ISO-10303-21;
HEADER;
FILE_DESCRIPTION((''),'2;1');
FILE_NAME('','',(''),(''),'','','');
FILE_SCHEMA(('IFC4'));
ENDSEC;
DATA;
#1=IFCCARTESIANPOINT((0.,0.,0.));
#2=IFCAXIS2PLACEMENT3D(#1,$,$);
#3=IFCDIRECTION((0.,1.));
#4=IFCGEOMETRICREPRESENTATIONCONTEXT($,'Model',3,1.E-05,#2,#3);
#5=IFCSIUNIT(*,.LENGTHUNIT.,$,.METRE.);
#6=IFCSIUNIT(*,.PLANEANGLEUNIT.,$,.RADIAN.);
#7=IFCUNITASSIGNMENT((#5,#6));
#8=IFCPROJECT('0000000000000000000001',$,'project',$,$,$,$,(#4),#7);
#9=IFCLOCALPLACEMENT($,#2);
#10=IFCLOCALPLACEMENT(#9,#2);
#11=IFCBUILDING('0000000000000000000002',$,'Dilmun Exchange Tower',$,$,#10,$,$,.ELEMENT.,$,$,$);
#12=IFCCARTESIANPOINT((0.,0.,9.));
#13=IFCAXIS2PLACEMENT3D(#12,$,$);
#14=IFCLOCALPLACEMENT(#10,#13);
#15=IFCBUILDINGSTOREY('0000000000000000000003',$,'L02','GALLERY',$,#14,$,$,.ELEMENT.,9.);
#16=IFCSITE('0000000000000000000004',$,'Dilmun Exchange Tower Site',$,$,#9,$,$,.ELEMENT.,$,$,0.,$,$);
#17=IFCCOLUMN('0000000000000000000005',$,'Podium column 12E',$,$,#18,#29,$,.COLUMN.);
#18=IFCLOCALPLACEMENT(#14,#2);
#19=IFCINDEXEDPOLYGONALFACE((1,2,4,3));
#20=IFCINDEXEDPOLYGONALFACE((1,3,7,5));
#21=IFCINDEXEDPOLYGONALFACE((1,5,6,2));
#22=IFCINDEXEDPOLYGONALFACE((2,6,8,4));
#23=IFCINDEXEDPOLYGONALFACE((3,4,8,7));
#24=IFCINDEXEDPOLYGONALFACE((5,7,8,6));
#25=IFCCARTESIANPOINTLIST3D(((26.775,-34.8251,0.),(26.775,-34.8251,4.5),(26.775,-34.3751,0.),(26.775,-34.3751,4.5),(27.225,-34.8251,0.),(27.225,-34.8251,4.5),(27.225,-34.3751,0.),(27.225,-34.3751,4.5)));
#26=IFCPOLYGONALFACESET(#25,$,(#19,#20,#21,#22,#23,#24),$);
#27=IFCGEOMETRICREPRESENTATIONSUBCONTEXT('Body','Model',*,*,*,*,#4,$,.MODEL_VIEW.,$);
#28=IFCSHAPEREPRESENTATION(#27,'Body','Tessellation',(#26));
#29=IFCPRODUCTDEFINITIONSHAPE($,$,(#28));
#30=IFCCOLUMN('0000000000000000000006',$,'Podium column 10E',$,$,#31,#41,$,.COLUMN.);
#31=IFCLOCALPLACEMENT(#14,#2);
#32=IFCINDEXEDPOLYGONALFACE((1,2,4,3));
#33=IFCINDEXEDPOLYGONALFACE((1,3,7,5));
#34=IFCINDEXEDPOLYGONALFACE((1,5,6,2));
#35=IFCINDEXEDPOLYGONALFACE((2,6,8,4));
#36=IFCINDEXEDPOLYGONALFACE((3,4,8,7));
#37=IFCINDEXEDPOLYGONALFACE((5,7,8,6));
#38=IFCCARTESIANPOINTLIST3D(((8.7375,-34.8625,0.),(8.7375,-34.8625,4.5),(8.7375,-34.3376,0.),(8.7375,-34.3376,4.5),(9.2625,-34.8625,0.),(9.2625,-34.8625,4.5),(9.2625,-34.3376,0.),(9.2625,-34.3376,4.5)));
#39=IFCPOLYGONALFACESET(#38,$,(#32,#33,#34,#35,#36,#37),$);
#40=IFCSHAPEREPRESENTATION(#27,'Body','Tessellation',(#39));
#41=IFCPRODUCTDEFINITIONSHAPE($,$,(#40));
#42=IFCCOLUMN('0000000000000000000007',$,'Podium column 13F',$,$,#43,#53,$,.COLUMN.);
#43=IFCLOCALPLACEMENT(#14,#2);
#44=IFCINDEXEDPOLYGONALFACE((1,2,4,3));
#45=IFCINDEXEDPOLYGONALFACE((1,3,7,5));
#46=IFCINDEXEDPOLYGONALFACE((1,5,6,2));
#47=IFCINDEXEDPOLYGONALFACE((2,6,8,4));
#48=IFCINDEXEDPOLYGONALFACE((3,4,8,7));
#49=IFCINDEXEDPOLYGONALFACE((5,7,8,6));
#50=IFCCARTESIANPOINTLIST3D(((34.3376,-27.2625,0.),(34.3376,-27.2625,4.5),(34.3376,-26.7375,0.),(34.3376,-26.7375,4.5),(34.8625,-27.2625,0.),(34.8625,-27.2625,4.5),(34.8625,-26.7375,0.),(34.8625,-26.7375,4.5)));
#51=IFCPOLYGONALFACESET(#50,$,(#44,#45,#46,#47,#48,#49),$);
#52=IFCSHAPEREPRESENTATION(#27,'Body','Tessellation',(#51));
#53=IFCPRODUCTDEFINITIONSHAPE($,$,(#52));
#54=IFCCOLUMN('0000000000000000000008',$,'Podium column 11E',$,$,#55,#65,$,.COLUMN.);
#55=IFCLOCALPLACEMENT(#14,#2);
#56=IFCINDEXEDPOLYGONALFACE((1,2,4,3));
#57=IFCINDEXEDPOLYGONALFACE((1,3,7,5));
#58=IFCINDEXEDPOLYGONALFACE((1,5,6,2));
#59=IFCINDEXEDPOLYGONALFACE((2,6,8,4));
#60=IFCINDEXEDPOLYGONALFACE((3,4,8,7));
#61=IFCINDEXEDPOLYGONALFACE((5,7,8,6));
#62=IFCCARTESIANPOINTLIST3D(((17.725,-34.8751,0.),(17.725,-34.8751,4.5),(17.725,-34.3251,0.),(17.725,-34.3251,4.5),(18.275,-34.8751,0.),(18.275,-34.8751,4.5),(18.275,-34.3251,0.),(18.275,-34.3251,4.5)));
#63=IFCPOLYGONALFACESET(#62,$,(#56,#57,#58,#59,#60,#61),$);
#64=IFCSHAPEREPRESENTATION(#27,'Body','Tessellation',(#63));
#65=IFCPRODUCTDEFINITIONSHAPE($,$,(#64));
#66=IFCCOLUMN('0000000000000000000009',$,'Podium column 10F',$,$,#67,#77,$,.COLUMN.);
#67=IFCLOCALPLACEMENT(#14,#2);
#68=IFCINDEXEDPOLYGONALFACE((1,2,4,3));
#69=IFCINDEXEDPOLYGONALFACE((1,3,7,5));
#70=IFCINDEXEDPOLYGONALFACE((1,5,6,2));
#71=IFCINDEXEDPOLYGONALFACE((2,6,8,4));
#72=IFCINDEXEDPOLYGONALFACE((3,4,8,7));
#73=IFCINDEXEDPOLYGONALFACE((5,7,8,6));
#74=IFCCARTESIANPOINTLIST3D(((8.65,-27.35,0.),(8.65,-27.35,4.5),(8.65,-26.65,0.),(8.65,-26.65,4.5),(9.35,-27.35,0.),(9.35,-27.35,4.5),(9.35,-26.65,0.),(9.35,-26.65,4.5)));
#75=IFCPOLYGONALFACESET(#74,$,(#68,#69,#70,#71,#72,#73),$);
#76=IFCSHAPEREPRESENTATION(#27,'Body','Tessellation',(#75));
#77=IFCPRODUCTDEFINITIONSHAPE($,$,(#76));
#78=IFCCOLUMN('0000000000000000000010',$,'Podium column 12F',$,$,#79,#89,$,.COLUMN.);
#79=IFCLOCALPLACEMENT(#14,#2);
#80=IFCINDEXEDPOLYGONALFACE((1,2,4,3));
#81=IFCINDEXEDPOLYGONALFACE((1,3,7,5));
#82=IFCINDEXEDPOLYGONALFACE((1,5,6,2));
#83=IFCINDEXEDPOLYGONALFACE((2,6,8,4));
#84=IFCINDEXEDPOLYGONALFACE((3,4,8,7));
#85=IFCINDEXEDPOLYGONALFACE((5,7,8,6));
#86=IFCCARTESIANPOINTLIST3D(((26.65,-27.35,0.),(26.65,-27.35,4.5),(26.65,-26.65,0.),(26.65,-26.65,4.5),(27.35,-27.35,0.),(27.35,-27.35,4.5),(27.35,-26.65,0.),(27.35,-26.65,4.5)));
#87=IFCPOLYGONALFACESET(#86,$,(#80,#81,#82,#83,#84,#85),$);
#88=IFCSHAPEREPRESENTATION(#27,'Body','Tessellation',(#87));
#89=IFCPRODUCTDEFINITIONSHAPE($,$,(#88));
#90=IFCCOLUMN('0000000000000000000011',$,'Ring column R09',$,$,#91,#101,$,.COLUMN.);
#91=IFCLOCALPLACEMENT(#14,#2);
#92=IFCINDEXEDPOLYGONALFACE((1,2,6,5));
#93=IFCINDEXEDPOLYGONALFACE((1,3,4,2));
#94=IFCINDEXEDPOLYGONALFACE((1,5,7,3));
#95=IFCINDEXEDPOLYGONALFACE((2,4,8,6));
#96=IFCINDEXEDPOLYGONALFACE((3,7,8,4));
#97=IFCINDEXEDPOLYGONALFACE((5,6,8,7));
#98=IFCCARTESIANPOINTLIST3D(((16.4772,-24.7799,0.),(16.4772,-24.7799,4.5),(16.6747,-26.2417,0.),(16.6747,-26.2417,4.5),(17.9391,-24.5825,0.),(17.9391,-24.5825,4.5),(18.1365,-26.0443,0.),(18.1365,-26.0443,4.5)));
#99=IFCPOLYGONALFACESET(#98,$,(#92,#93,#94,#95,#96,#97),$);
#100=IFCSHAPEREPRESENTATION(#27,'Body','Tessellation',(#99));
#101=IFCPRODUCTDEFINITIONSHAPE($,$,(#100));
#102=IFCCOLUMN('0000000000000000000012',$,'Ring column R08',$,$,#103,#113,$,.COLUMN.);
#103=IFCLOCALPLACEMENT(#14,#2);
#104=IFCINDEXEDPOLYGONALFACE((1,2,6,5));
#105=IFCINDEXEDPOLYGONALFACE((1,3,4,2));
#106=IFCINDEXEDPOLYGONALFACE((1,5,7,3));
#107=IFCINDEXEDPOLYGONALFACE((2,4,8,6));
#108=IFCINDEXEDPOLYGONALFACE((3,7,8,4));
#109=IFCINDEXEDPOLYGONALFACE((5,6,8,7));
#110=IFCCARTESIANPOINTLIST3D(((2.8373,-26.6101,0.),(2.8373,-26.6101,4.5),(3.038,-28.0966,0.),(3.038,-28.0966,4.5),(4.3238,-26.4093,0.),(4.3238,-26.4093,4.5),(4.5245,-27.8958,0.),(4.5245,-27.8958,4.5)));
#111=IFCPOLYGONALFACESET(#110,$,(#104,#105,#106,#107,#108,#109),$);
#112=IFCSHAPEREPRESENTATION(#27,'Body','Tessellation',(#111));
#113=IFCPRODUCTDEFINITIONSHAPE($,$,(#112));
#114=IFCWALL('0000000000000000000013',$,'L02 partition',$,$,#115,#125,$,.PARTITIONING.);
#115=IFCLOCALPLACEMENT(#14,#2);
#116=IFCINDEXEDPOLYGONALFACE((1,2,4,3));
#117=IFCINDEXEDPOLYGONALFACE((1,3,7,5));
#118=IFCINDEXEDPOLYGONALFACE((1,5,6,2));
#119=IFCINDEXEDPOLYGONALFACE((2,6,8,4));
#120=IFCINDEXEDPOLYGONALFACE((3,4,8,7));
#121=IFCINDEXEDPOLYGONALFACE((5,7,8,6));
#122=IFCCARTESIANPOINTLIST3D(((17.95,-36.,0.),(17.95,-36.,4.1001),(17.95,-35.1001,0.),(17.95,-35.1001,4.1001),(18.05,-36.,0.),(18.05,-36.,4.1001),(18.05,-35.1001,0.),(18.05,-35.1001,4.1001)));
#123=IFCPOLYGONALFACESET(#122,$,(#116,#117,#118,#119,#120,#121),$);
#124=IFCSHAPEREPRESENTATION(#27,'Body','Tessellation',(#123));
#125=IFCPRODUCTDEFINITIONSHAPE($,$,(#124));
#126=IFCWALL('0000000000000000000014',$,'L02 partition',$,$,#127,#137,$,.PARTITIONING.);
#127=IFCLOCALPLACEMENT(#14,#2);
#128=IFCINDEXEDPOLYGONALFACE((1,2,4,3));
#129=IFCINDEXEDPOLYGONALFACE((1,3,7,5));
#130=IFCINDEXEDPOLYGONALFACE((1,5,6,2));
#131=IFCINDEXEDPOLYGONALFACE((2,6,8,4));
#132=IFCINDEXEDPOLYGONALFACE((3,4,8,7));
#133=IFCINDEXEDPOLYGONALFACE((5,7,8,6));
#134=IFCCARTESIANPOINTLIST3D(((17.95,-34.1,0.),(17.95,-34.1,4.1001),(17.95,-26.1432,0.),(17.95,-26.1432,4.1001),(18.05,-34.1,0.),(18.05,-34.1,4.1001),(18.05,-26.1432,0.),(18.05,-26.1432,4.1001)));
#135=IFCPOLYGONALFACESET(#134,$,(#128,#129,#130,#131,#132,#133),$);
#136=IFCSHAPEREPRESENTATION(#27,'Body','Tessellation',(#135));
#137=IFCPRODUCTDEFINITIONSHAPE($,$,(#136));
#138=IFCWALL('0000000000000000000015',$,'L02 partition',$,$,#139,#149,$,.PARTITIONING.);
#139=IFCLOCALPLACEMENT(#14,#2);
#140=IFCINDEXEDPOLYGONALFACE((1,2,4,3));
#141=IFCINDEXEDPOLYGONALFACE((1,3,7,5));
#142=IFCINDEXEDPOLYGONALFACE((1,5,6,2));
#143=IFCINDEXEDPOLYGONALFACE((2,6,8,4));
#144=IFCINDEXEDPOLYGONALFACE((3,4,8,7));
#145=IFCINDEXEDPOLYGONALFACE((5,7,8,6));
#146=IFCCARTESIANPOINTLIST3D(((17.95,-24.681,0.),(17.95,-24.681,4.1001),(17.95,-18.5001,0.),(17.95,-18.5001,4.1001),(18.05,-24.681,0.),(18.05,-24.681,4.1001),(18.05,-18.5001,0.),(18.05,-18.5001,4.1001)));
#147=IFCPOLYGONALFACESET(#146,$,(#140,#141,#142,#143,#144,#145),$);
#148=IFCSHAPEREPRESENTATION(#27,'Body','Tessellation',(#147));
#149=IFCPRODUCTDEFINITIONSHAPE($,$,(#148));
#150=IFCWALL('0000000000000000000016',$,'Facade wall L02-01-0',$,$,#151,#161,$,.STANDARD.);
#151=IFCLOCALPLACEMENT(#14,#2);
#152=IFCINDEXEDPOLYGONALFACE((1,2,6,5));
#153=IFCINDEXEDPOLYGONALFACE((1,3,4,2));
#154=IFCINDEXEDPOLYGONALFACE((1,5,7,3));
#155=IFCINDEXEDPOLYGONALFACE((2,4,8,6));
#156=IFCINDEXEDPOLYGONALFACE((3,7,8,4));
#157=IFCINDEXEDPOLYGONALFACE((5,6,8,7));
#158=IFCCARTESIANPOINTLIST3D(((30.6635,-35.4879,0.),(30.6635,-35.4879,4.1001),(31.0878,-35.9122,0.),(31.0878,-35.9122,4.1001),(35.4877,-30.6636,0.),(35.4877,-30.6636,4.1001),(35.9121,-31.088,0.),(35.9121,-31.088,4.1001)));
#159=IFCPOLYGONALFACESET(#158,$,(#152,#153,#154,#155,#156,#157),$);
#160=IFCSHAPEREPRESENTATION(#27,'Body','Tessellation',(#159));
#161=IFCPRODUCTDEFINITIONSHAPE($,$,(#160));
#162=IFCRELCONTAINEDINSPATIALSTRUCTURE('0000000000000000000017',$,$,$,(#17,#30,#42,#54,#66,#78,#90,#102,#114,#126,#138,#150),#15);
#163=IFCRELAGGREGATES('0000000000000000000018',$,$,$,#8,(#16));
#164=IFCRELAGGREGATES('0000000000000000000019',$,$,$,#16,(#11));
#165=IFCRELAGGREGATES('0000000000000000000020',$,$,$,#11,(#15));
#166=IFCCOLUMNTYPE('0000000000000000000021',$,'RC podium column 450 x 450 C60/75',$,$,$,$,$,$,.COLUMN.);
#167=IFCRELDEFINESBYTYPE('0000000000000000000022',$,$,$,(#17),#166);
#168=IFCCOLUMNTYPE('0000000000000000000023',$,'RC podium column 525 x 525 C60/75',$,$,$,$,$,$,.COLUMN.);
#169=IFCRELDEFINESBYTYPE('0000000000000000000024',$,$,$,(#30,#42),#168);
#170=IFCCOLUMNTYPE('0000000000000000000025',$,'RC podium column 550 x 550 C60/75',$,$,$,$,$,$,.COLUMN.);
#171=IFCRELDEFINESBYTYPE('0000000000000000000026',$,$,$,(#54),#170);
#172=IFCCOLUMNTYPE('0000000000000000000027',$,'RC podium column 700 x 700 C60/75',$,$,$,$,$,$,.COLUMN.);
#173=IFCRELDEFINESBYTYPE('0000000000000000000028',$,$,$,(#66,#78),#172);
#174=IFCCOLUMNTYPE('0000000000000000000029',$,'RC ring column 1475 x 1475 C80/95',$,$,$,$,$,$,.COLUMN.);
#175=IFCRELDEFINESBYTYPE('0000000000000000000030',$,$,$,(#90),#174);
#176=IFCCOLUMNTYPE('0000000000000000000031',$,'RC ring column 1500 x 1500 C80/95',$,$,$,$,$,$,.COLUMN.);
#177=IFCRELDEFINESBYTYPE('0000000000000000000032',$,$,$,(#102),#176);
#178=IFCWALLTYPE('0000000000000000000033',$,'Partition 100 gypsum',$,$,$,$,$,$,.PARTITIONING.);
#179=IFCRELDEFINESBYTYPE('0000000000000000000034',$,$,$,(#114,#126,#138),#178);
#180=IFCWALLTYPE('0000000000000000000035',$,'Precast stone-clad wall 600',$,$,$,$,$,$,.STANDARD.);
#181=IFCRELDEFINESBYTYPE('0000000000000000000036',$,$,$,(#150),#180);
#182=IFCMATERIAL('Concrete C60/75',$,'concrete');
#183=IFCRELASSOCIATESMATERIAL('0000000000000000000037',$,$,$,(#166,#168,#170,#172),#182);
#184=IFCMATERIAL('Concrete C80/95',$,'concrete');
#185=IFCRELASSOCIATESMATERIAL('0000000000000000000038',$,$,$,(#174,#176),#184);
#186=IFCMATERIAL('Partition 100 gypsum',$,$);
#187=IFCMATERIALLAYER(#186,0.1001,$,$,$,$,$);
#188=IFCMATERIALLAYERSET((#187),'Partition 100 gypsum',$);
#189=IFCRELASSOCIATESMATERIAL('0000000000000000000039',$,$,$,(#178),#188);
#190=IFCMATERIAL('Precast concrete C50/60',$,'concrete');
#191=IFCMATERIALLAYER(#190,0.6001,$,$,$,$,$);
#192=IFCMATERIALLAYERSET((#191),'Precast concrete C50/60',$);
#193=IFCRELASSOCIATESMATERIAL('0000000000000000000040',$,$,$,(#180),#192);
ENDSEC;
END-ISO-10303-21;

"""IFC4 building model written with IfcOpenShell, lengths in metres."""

from ifc_helpers import new_model, si_unit, direction, frame, frame_2d, origin, origin_2d, place, context, subcontext, project, spatial, rectangle, extrude, material, layer, layer_set, material_profile, profile_set, type_object, element, save


model = new_model("IFC4")

# Units and contexts
model_context = context("Model", 3, precision=1e-05, world=origin(), true_north=direction((0.0, 1.0)))
body_context = subcontext(model_context, "Body", "Model", "MODEL_VIEW")
ifc_project = project(units=[si_unit("LENGTHUNIT", "METRE"), si_unit("PLANEANGLEUNIT", "RADIAN")], contexts=[model_context])

# Site, building, storey
site_placement = place(None, origin())
site = spatial("IfcSite", under=ifc_project, at=site_placement, Name="Dilmun Exchange Tower Site", CompositionType="ELEMENT", RefElevation=0.0)
building_placement = place(site_placement, origin())
building = spatial("IfcBuilding", under=site, at=building_placement, Name="Dilmun Exchange Tower", CompositionType="ELEMENT")
storey_placement = place(building_placement, frame((0.0, 0.0, 9.0)))
storey = spatial("IfcBuildingStorey", under=building, at=storey_placement, Name="L02", Description="GALLERY", CompositionType="ELEMENT", Elevation=9.0)

# Columns
ifc_material_1 = material(Name="Concrete C60/75", Category="concrete")
ifc_material_profile_1 = material_profile(ifc_material_1, rectangle(XDim=0.45, YDim=0.45, at=origin_2d()), Name="450 x 450")
ifc_profile_set_1 = profile_set([ifc_material_profile_1], Name="Concrete C60/75")
column_type_1 = type_object("IfcColumnType", Name="RC podium column 450 x 450 C60/75", PredefinedType="COLUMN", material=ifc_profile_set_1)
column_1_placement = place(storey_placement, frame((27.0, -34.6001, 0.0), z_axis=(0.0, 0.0, 1.0), x_axis=(1.0, 0.0, 0.0)))
element("IfcColumn", 1, at=column_1_placement, inside=storey, type_object=column_type_1, Name="Podium column 12E", PredefinedType="COLUMN", context=body_context, shape_type="SweptSolid", body=[
    extrude(rectangle(XDim=0.45, YDim=0.45, at=origin_2d()), origin(), (0.0, 0.0, 1.0), 4.5),
])
ifc_material_profile_2 = material_profile(ifc_material_1, rectangle(XDim=0.5249, YDim=0.5249, at=origin_2d()), Name="525 x 525")
ifc_profile_set_2 = profile_set([ifc_material_profile_2], Name="Concrete C60/75")
column_type_2 = type_object("IfcColumnType", Name="RC podium column 525 x 525 C60/75", PredefinedType="COLUMN", material=ifc_profile_set_2)
for number, where, z_axis, x_axis, name in (
    (2, (9.0, -34.6001, 0.0), (0.0, 0.0, 1.0), (1.0, 0.0, 0.0), "Podium column 10E"),
    (3, (34.6001, -27.0, 0.0), (0.0, 0.0, 1.0), (1.0, 0.0, 0.0), "Podium column 13F"),
):
    element("IfcColumn", number, at=place(storey_placement, frame(where, z_axis=z_axis, x_axis=x_axis)), inside=storey, type_object=column_type_2, Name=name, PredefinedType="COLUMN", context=body_context, shape_type="SweptSolid", body=[
        extrude(rectangle(XDim=0.5249, YDim=0.5249, at=origin_2d()), origin(), (0.0, 0.0, 1.0), 4.5),
    ])
ifc_material_profile_3 = material_profile(ifc_material_1, rectangle(XDim=0.55, YDim=0.55, at=origin_2d()), Name="550 x 550")
ifc_profile_set_3 = profile_set([ifc_material_profile_3], Name="Concrete C60/75")
column_type_3 = type_object("IfcColumnType", Name="RC podium column 550 x 550 C60/75", PredefinedType="COLUMN", material=ifc_profile_set_3)
column_2_placement = place(storey_placement, frame((18.0, -34.6001, 0.0), z_axis=(0.0, 0.0, 1.0), x_axis=(1.0, 0.0, 0.0)))
element("IfcColumn", 4, at=column_2_placement, inside=storey, type_object=column_type_3, Name="Podium column 11E", PredefinedType="COLUMN", context=body_context, shape_type="SweptSolid", body=[
    extrude(rectangle(XDim=0.55, YDim=0.55, at=origin_2d()), origin(), (0.0, 0.0, 1.0), 4.5),
])
ifc_material_profile_4 = material_profile(ifc_material_1, rectangle(XDim=0.7, YDim=0.7, at=origin_2d()), Name="700 x 700")
ifc_profile_set_4 = profile_set([ifc_material_profile_4], Name="Concrete C60/75")
column_type_4 = type_object("IfcColumnType", Name="RC podium column 700 x 700 C60/75", PredefinedType="COLUMN", material=ifc_profile_set_4)
for number, where, z_axis, x_axis, name in (
    (5, (9.0, -27.0, 0.0), (0.0, 0.0, 1.0), (1.0, 0.0, 0.0), "Podium column 10F"),
    (6, (27.0, -27.0, 0.0), (0.0, 0.0, 1.0), (1.0, 0.0, 0.0), "Podium column 12F"),
):
    element("IfcColumn", number, at=place(storey_placement, frame(where, z_axis=z_axis, x_axis=x_axis)), inside=storey, type_object=column_type_4, Name=name, PredefinedType="COLUMN", context=body_context, shape_type="SweptSolid", body=[
        extrude(rectangle(XDim=0.7, YDim=0.7, at=origin_2d()), origin(), (0.0, 0.0, 1.0), 4.5),
    ])
ifc_material_2 = material(Name="Concrete C80/95", Category="concrete")
ifc_material_profile_5 = material_profile(ifc_material_2, rectangle(XDim=1.4751, YDim=1.4751, at=origin_2d()), Name="1475 x 1475")
ifc_profile_set_5 = profile_set([ifc_material_profile_5], Name="Concrete C80/95")
column_type_5 = type_object("IfcColumnType", Name="RC ring column 1475 x 1475 C80/95", PredefinedType="COLUMN", material=ifc_profile_set_5)
column_3_placement = place(storey_placement, frame((17.3069, -25.4121, 0.0), z_axis=(0.0, 0.0, 1.0), x_axis=(0.991001, 0.133853, 0.0)))
element("IfcColumn", 7, at=column_3_placement, inside=storey, type_object=column_type_5, Name="Ring column R09", PredefinedType="COLUMN", context=body_context, shape_type="SweptSolid", body=[
    extrude(rectangle(XDim=1.4751, YDim=1.4751, at=origin_2d()), origin(), (0.0, 0.0, 1.0), 4.5),
])
ifc_material_profile_6 = material_profile(ifc_material_2, rectangle(XDim=1.5, YDim=1.5, at=origin_2d()), Name="1500 x 1500")
ifc_profile_set_6 = profile_set([ifc_material_profile_6], Name="Concrete C80/95")
column_type_6 = type_object("IfcColumnType", Name="RC ring column 1500 x 1500 C80/95", PredefinedType="COLUMN", material=ifc_profile_set_6)
column_4_placement = place(storey_placement, frame((3.6809, -27.2529, 0.0), z_axis=(0.0, 0.0, 1.0), x_axis=(0.991001, 0.133853, 0.0)))
element("IfcColumn", 8, at=column_4_placement, inside=storey, type_object=column_type_6, Name="Ring column R08", PredefinedType="COLUMN", context=body_context, shape_type="SweptSolid", body=[
    extrude(rectangle(XDim=1.5, YDim=1.5, at=origin_2d()), origin(), (0.0, 0.0, 1.0), 4.5),
])

# Walls
ifc_material_3 = material(Name="Partition 100 gypsum")
ifc_layer_1 = layer(ifc_material_3, 0.1001)
ifc_layer_set_1 = layer_set([ifc_layer_1], Name="Partition 100 gypsum")
wall_type_1 = type_object("IfcWallType", Name="Partition 100 gypsum", PredefinedType="PARTITIONING", material=ifc_layer_set_1)
wall_1_placement = place(storey_placement, frame((18.0, -36.0, 0.0), z_axis=(0.0, 0.0, 1.0), x_axis=(0.0, 1.0, 0.0)))
element("IfcWall", 9, at=wall_1_placement, inside=storey, type_object=wall_type_1, Name="L02 partition", PredefinedType="PARTITIONING", context=body_context, shape_type="SweptSolid", body=[
    extrude(rectangle(XDim=0.8999, YDim=0.1001, at=frame_2d((0.45, 0.0))), origin(), (0.0, 0.0, 1.0), 4.1001),
])
wall_2_placement = place(storey_placement, frame((18.0, -34.1001, 0.0), z_axis=(0.0, 0.0, 1.0), x_axis=(0.0, 1.0, 0.0)))
element("IfcWall", 10, at=wall_2_placement, inside=storey, type_object=wall_type_1, Name="L02 partition", PredefinedType="PARTITIONING", context=body_context, shape_type="SweptSolid", body=[
    extrude(rectangle(XDim=7.9568, YDim=0.1001, at=frame_2d((3.9785, 0.0))), origin(), (0.0, 0.0, 1.0), 4.1001),
])
wall_3_placement = place(storey_placement, frame((18.0, -24.6809, 0.0), z_axis=(0.0, 0.0, 1.0), x_axis=(0.0, 1.0, 0.0)))
element("IfcWall", 11, at=wall_3_placement, inside=storey, type_object=wall_type_1, Name="L02 partition", PredefinedType="PARTITIONING", context=body_context, shape_type="SweptSolid", body=[
    extrude(rectangle(XDim=6.1809, YDim=0.1001, at=frame_2d((3.0903, 0.0))), origin(), (0.0, 0.0, 1.0), 4.1001),
])
ifc_material_4 = material(Name="Precast concrete C50/60", Category="concrete")
ifc_layer_2 = layer(ifc_material_4, 0.6001)
ifc_layer_set_2 = layer_set([ifc_layer_2], Name="Precast concrete C50/60")
wall_type_2 = type_object("IfcWallType", Name="Precast stone-clad wall 600", PredefinedType="STANDARD", material=ifc_layer_set_2)
wall_4_placement = place(storey_placement, frame((30.8757, -35.7, 0.0), z_axis=(0.0, 0.0, 1.0), x_axis=(0.707107, 0.707107, 0.0)))
element("IfcWall", 12, at=wall_4_placement, inside=storey, type_object=wall_type_2, Name="Facade wall L02-01-0", PredefinedType="STANDARD", context=body_context, shape_type="SweptSolid", body=[
    extrude(rectangle(XDim=6.8225, YDim=0.6001, at=frame_2d((3.4111, 0.0))), origin(), (0.0, 0.0, 1.0), 4.1001),
])

save(model, "model.ifc")
